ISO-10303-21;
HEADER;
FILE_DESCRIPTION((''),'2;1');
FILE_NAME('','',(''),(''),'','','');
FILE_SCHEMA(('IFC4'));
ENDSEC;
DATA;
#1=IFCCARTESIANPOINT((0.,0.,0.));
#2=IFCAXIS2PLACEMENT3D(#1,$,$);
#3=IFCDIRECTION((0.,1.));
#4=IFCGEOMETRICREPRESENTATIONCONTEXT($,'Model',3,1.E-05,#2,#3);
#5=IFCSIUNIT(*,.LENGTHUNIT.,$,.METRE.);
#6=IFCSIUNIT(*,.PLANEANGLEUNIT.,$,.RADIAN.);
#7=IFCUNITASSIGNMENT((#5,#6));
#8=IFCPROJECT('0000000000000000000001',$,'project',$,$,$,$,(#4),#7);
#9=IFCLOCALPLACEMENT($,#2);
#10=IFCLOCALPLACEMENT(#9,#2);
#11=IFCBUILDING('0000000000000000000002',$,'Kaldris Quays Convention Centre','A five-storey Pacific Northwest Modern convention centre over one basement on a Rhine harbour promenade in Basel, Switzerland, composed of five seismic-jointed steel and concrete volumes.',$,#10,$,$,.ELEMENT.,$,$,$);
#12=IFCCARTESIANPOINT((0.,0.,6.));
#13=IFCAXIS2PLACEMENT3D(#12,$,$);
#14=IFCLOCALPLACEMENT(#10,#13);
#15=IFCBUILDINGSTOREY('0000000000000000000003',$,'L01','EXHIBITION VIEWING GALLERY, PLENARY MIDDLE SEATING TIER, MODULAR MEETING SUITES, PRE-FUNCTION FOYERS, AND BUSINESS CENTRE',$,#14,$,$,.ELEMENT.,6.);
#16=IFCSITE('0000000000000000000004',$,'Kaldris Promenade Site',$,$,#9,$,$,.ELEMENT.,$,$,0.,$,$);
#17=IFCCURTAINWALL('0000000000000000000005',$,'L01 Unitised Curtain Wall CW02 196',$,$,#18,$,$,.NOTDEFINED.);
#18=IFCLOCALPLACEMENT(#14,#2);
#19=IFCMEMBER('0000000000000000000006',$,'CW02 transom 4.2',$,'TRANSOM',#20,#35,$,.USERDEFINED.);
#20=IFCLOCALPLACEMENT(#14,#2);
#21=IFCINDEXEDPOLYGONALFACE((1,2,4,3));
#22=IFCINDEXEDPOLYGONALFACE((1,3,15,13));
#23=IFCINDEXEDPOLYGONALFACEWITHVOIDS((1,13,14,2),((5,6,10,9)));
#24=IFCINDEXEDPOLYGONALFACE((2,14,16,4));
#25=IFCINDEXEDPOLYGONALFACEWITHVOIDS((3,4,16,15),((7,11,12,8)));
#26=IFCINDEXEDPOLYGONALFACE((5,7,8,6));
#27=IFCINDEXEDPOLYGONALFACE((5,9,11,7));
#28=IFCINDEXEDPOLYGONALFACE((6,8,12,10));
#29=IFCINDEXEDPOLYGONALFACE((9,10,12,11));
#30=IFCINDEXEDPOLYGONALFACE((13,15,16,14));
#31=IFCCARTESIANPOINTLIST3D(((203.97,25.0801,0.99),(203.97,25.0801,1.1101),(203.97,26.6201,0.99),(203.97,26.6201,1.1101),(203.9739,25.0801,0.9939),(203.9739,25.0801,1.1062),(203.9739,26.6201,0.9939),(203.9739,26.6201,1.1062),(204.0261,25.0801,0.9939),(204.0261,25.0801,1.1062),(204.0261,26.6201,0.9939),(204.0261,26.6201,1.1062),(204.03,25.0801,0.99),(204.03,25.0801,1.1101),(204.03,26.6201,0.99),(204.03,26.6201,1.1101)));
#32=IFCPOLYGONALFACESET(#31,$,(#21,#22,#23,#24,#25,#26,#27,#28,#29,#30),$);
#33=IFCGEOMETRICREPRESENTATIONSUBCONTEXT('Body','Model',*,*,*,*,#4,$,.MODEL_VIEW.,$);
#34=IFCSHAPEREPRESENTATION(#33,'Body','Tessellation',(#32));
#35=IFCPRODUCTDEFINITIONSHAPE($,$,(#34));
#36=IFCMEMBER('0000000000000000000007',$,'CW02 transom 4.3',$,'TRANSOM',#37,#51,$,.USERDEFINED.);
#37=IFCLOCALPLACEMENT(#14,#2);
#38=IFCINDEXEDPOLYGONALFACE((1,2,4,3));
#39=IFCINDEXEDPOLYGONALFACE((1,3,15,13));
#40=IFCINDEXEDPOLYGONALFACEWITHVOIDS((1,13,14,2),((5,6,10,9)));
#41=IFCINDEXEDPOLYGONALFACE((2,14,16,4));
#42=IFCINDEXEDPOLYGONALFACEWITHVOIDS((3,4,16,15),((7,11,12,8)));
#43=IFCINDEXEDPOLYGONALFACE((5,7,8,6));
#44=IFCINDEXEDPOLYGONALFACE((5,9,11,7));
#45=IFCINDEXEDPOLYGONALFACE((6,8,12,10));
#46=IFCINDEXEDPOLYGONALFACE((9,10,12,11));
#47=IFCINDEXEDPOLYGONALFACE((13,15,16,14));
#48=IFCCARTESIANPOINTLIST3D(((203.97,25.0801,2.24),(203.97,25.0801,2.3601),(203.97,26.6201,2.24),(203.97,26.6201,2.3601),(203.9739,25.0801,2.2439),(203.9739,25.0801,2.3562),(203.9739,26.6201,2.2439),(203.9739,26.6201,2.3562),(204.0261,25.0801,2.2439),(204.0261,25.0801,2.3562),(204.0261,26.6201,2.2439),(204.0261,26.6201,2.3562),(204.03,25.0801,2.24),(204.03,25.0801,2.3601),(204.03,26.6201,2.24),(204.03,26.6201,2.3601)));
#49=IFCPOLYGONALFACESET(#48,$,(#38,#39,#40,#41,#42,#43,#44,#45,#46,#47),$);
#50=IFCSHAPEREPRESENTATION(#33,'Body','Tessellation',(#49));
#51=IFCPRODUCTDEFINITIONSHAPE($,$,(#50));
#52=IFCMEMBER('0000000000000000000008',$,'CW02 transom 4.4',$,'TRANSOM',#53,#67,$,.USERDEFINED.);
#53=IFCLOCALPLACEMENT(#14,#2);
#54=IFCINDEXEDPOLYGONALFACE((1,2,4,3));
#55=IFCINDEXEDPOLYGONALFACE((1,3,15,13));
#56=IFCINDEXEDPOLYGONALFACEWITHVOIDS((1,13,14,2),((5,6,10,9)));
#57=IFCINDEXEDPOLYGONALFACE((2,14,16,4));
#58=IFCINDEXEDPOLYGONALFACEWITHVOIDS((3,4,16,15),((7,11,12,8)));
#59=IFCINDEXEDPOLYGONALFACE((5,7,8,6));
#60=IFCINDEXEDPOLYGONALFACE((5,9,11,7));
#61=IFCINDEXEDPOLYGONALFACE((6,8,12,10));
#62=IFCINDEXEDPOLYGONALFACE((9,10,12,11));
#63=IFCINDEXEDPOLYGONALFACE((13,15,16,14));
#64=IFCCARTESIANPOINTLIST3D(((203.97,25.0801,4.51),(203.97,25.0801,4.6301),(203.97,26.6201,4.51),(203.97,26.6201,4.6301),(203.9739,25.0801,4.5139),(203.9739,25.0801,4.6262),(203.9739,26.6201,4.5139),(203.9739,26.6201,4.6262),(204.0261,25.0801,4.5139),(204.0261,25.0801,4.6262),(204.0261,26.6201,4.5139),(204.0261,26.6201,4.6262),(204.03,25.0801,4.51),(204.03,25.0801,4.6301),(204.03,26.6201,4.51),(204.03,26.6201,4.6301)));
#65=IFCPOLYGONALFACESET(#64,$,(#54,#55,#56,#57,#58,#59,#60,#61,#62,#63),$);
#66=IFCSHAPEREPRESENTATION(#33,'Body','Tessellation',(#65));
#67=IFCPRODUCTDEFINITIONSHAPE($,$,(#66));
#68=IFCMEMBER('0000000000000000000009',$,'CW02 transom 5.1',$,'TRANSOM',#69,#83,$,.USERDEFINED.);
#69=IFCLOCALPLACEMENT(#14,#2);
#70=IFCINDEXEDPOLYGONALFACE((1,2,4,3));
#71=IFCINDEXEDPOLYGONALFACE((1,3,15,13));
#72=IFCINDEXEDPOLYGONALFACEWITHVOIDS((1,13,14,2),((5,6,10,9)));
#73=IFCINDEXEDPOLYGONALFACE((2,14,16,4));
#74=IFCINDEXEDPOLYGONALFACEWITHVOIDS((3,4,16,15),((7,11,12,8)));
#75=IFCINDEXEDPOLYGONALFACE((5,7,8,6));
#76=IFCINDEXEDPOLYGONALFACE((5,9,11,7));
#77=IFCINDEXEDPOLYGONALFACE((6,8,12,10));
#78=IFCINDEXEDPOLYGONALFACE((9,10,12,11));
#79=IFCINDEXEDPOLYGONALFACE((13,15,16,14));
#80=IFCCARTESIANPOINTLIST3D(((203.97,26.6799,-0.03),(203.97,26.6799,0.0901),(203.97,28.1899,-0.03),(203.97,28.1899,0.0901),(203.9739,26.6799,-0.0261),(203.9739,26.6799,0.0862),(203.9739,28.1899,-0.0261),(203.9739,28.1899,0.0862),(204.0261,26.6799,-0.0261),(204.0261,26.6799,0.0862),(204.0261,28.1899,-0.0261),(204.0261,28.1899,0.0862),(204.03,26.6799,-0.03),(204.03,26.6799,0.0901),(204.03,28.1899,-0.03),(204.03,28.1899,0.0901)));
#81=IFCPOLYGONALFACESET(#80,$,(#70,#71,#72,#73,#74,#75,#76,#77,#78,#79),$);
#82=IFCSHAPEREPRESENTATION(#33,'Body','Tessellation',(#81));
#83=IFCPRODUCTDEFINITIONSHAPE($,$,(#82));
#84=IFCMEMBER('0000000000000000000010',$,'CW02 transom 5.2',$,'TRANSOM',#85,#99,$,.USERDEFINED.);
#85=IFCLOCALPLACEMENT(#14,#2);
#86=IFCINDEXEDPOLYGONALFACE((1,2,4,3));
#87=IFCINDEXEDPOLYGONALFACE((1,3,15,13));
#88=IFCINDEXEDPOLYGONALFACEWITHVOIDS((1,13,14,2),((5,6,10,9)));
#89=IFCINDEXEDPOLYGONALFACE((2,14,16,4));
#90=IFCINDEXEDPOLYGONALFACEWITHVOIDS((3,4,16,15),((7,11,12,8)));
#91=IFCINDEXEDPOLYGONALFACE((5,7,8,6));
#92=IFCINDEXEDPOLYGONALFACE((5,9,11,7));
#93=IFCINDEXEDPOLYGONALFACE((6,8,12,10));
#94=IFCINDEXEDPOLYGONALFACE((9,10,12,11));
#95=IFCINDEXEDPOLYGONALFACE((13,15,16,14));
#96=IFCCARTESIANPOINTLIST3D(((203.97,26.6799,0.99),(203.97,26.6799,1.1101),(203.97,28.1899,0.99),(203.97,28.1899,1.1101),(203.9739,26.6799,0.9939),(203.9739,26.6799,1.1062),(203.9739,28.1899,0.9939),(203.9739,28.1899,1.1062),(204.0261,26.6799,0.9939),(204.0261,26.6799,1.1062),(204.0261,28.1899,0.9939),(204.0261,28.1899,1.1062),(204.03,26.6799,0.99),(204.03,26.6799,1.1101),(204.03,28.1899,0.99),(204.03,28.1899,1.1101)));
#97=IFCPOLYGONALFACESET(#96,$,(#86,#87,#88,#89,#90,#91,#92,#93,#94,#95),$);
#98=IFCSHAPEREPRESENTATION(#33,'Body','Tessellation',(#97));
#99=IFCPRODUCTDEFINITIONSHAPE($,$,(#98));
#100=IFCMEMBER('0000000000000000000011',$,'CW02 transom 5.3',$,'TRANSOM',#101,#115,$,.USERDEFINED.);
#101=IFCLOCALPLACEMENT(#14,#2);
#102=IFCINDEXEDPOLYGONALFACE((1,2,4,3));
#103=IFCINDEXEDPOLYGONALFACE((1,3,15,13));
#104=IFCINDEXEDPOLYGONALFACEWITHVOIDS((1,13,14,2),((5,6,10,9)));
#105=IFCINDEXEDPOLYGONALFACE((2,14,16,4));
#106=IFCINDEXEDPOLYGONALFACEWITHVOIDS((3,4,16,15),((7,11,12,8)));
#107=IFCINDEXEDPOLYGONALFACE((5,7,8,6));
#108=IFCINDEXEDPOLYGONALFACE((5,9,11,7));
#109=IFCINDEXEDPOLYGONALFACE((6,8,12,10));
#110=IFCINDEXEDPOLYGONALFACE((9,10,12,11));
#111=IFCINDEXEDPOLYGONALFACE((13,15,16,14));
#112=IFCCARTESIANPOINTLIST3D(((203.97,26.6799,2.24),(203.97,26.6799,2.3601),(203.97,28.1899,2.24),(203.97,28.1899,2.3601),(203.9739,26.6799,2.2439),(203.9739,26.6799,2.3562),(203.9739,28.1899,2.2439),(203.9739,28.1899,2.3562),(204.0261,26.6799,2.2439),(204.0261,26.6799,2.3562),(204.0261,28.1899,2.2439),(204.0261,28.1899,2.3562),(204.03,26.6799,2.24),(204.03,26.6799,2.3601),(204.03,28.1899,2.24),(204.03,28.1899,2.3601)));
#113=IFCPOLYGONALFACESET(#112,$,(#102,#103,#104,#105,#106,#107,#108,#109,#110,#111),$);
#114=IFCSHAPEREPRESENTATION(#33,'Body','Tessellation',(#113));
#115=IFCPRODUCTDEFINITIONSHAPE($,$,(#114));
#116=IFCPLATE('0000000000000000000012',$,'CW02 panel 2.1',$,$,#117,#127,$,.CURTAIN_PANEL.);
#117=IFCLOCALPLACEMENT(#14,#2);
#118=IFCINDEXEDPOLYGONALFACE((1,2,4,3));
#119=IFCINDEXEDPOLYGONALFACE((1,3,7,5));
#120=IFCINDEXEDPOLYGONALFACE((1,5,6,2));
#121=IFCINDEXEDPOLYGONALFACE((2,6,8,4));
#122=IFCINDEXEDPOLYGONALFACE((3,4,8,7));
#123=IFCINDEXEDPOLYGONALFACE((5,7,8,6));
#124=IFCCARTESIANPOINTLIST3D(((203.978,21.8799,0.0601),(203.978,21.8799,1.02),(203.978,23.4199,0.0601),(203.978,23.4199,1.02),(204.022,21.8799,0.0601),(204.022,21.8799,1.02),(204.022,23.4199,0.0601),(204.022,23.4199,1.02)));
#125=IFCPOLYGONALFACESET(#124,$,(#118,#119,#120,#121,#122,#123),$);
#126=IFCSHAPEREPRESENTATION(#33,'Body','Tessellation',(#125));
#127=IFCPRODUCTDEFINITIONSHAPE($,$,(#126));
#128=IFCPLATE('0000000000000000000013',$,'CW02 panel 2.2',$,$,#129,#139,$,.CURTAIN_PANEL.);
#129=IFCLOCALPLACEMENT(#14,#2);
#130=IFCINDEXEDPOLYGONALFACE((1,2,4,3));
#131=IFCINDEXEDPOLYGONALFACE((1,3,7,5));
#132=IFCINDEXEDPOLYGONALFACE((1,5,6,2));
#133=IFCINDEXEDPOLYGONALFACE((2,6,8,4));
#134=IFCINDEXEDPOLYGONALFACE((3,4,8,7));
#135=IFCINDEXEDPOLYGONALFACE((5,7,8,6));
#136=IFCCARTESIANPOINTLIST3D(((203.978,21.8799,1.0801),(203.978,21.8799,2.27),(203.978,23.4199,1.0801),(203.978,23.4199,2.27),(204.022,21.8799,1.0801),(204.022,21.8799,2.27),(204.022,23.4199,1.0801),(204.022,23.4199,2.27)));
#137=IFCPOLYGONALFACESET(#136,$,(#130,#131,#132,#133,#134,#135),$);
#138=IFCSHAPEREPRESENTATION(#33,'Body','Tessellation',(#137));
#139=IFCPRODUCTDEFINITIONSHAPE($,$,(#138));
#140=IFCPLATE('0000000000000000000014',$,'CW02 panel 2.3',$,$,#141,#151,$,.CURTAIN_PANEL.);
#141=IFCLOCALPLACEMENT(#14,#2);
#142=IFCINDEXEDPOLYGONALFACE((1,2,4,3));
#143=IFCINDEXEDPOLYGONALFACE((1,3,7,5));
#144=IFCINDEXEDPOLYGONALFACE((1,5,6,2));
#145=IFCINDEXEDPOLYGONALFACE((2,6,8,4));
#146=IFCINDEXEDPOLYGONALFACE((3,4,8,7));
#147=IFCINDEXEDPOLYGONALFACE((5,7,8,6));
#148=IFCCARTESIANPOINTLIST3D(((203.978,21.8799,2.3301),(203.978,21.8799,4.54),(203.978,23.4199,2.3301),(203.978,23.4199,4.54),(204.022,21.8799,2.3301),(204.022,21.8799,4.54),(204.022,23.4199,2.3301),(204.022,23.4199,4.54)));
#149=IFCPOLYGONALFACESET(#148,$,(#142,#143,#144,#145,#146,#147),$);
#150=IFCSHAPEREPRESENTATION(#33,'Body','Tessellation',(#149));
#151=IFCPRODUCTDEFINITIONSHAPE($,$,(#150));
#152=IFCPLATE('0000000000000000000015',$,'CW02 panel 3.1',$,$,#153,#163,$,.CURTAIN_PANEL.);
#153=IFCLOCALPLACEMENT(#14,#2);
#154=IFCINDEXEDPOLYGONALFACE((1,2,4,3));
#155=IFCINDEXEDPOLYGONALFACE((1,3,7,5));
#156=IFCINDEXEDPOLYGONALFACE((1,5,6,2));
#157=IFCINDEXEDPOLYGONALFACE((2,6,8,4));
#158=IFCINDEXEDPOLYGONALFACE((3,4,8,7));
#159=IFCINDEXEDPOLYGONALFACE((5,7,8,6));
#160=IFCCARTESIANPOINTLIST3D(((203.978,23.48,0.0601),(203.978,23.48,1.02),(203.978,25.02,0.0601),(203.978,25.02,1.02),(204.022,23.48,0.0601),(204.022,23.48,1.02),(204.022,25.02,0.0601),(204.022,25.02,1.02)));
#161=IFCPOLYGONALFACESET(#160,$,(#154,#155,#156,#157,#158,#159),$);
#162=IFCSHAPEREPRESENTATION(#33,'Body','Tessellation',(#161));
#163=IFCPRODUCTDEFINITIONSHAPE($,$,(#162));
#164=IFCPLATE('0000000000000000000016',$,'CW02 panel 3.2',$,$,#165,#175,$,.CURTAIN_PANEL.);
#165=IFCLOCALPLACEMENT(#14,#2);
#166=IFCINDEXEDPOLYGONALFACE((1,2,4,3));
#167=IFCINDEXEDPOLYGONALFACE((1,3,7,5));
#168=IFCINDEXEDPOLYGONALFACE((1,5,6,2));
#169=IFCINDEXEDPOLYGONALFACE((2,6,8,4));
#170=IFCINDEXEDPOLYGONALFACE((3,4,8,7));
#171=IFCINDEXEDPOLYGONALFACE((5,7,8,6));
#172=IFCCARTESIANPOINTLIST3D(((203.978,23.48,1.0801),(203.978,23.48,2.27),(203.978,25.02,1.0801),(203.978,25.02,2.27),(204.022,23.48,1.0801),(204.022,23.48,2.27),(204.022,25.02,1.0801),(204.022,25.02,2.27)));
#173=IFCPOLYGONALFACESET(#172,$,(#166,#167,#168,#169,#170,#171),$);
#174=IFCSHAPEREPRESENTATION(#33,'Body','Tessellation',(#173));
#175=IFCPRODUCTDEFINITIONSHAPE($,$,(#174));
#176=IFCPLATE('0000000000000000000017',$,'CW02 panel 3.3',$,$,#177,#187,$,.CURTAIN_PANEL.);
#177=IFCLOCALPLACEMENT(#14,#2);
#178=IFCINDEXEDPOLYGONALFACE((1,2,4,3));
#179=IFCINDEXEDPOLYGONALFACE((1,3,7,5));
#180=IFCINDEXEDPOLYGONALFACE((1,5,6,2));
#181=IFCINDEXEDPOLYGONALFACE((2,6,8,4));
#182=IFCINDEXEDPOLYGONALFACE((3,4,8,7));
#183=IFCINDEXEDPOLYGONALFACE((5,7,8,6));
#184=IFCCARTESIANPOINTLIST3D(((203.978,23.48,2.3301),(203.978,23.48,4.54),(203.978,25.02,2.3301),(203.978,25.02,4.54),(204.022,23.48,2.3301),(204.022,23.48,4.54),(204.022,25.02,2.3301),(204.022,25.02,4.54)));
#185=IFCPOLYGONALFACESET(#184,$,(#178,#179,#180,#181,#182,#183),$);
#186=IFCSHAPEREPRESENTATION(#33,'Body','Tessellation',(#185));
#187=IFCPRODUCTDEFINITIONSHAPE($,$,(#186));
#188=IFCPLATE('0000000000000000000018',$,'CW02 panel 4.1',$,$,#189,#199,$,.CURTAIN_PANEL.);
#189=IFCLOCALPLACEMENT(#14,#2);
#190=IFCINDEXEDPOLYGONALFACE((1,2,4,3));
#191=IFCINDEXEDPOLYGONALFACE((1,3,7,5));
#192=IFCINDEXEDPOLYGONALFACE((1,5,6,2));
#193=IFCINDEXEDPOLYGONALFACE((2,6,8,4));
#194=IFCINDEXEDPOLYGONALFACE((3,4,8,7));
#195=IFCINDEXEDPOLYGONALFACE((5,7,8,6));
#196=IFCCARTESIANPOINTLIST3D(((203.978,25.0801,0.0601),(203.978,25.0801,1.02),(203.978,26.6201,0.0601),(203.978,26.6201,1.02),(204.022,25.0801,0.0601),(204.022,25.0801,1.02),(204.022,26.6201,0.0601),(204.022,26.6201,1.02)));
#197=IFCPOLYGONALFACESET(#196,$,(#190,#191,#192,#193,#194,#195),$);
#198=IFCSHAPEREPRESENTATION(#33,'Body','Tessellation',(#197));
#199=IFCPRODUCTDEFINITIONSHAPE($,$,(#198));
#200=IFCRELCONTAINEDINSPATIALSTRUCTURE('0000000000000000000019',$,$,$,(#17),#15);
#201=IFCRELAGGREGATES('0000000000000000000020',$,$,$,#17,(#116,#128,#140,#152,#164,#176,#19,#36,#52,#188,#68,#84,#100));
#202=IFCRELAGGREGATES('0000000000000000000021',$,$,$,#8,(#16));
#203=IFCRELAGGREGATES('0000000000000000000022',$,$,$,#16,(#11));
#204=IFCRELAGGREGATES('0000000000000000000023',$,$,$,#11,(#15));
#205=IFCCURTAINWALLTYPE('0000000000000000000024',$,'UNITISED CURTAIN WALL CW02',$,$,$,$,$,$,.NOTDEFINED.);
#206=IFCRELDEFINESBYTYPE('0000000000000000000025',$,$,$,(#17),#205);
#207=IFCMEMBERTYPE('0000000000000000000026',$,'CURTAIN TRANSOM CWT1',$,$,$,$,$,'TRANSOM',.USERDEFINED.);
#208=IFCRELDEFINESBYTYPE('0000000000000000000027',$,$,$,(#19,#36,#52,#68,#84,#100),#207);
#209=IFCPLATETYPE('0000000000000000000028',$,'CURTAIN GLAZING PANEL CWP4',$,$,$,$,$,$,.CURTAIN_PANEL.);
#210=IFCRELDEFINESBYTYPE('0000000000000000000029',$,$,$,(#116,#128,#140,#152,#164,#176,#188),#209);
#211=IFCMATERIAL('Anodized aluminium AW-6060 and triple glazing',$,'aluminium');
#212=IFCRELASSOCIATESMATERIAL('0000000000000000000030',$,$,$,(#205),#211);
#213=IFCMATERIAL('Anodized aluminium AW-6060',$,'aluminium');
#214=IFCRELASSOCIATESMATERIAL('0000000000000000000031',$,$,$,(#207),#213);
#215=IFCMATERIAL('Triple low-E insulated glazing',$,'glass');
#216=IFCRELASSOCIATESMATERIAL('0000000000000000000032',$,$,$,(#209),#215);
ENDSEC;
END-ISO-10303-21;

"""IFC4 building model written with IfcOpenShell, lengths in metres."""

from ifc_helpers import new_model, si_unit, direction, frame, origin, origin_2d, place, context, subcontext, project, spatial, rectangle, hollow_rectangle, extrude, material, material_profile, profile_set, type_object, element, aggregate, save


model = new_model("IFC4")

# Units and contexts
model_context = context("Model", 3, precision=1e-05, world=origin(), true_north=direction((0.0, 1.0)))
body_context = subcontext(model_context, "Body", "Model", "MODEL_VIEW")
ifc_project = project(units=[si_unit("LENGTHUNIT", "METRE"), si_unit("PLANEANGLEUNIT", "RADIAN")], contexts=[model_context])

# Site, building, storey
site_placement = place(None, origin())
site = spatial("IfcSite", under=ifc_project, at=site_placement, Name="Kaldris Promenade Site", CompositionType="ELEMENT", RefElevation=0.0)
building_placement = place(site_placement, origin())
building = spatial("IfcBuilding", under=site, at=building_placement, Name="Kaldris Quays Convention Centre", Description="A five-storey Pacific Northwest Modern convention centre over one basement on a Rhine harbour promenade in Basel, Switzerland, composed of five seismic-jointed steel and concrete volumes.", CompositionType="ELEMENT")
storey_placement = place(building_placement, frame((0.0, 0.0, 6.0)))
storey = spatial("IfcBuildingStorey", under=building, at=storey_placement, Name="L01", Description="EXHIBITION VIEWING GALLERY, PLENARY MIDDLE SEATING TIER, MODULAR MEETING SUITES, PRE-FUNCTION FOYERS, AND BUSINESS CENTRE", CompositionType="ELEMENT", Elevation=6.0)

# Curtain wall, members, plates
ifc_material_1 = material(Name="Anodized aluminium AW-6060 and triple glazing", Category="aluminium")
curtain_wall_type = type_object("IfcCurtainWallType", Name="UNITISED CURTAIN WALL CW02", PredefinedType="NOTDEFINED", material=ifc_material_1)
curtain_wall_placement = place(storey_placement, origin())
curtain_wall = element("IfcCurtainWall", 1, at=curtain_wall_placement, inside=storey, type_object=curtain_wall_type, Name="L01 Unitised Curtain Wall CW02 196", PredefinedType="NOTDEFINED")
ifc_material_2 = material(Name="Anodized aluminium AW-6060", Category="aluminium")
ifc_material_profile_1 = material_profile(ifc_material_2, hollow_rectangle(XDim=0.0601, YDim=0.1201, WallThickness=0.0039, at=origin_2d()), Name="RHS 120x60x4")
ifc_profile_set_1 = profile_set([ifc_material_profile_1], Name="Anodized aluminium AW-6060")
member_type_1 = type_object("IfcMemberType", Name="CURTAIN TRANSOM CWT1", ElementType="TRANSOM", PredefinedType="USERDEFINED", material=ifc_profile_set_1)
member_1_placement = place(storey_placement, frame((204.0, 25.0801, 1.05), z_axis=(0.0, 1.0, 0.0), x_axis=(-1.0, 0.0, 0.0)))
member_1 = element("IfcMember", 2, at=member_1_placement, type_object=member_type_1, Name="CW02 transom 4.2", ObjectType="TRANSOM", PredefinedType="USERDEFINED", context=body_context, shape_type="SweptSolid", body=[
    extrude(hollow_rectangle(XDim=0.0601, YDim=0.1201, WallThickness=0.0039, at=origin_2d()), origin(), (0.0, 0.0, 1.0), 1.54),
])
member_2_placement = place(storey_placement, frame((204.0, 25.0801, 2.3), z_axis=(0.0, 1.0, 0.0), x_axis=(-1.0, 0.0, 0.0)))
member_2 = element("IfcMember", 3, at=member_2_placement, type_object=member_type_1, Name="CW02 transom 4.3", ObjectType="TRANSOM", PredefinedType="USERDEFINED", context=body_context, shape_type="SweptSolid", body=[
    extrude(hollow_rectangle(XDim=0.0601, YDim=0.1201, WallThickness=0.0039, at=origin_2d()), origin(), (0.0, 0.0, 1.0), 1.54),
])
member_3_placement = place(storey_placement, frame((204.0, 25.0801, 4.5701), z_axis=(0.0, 1.0, 0.0), x_axis=(-1.0, 0.0, 0.0)))
member_3 = element("IfcMember", 4, at=member_3_placement, type_object=member_type_1, Name="CW02 transom 4.4", ObjectType="TRANSOM", PredefinedType="USERDEFINED", context=body_context, shape_type="SweptSolid", body=[
    extrude(hollow_rectangle(XDim=0.0601, YDim=0.1201, WallThickness=0.0039, at=origin_2d()), origin(), (0.0, 0.0, 1.0), 1.54),
])
member_4_placement = place(storey_placement, frame((204.0, 26.6799, 0.03), z_axis=(0.0, 1.0, 0.0), x_axis=(-1.0, 0.0, 0.0)))
member_4 = element("IfcMember", 5, at=member_4_placement, type_object=member_type_1, Name="CW02 transom 5.1", ObjectType="TRANSOM", PredefinedType="USERDEFINED", context=body_context, shape_type="SweptSolid", body=[
    extrude(hollow_rectangle(XDim=0.0601, YDim=0.1201, WallThickness=0.0039, at=origin_2d()), origin(), (0.0, 0.0, 1.0), 1.51),
])
member_5_placement = place(storey_placement, frame((204.0, 26.6799, 1.05), z_axis=(0.0, 1.0, 0.0), x_axis=(-1.0, 0.0, 0.0)))
member_5 = element("IfcMember", 6, at=member_5_placement, type_object=member_type_1, Name="CW02 transom 5.2", ObjectType="TRANSOM", PredefinedType="USERDEFINED", context=body_context, shape_type="SweptSolid", body=[
    extrude(hollow_rectangle(XDim=0.0601, YDim=0.1201, WallThickness=0.0039, at=origin_2d()), origin(), (0.0, 0.0, 1.0), 1.51),
])
member_6_placement = place(storey_placement, frame((204.0, 26.6799, 2.3), z_axis=(0.0, 1.0, 0.0), x_axis=(-1.0, 0.0, 0.0)))
member_6 = element("IfcMember", 7, at=member_6_placement, type_object=member_type_1, Name="CW02 transom 5.3", ObjectType="TRANSOM", PredefinedType="USERDEFINED", context=body_context, shape_type="SweptSolid", body=[
    extrude(hollow_rectangle(XDim=0.0601, YDim=0.1201, WallThickness=0.0039, at=origin_2d()), origin(), (0.0, 0.0, 1.0), 1.51),
])
ifc_material_3 = material(Name="Triple low-E insulated glazing", Category="glass")
plate_type = type_object("IfcPlateType", Name="CURTAIN GLAZING PANEL CWP4", PredefinedType="CURTAIN_PANEL", material=ifc_material_3)
plate_1_placement = place(storey_placement, frame((204.0, 22.6499, 0.0601), z_axis=(0.0, 0.0, 1.0), x_axis=(0.0, 1.0, 0.0)))
plate_1 = element("IfcPlate", 8, at=plate_1_placement, type_object=plate_type, Name="CW02 panel 2.1", PredefinedType="CURTAIN_PANEL", context=body_context, shape_type="SweptSolid", body=[
    extrude(rectangle(XDim=1.54, YDim=0.0439, at=origin_2d()), origin(), (0.0, 0.0, 1.0), 0.96),
])
plate_2_placement = place(storey_placement, frame((204.0, 22.6499, 1.0801), z_axis=(0.0, 0.0, 1.0), x_axis=(0.0, 1.0, 0.0)))
plate_2 = element("IfcPlate", 9, at=plate_2_placement, type_object=plate_type, Name="CW02 panel 2.2", PredefinedType="CURTAIN_PANEL", context=body_context, shape_type="SweptSolid", body=[
    extrude(rectangle(XDim=1.54, YDim=0.0439, at=origin_2d()), origin(), (0.0, 0.0, 1.0), 1.1899),
])
plate_3_placement = place(storey_placement, frame((204.0, 22.6499, 2.3301), z_axis=(0.0, 0.0, 1.0), x_axis=(0.0, 1.0, 0.0)))
plate_3 = element("IfcPlate", 10, at=plate_3_placement, type_object=plate_type, Name="CW02 panel 2.3", PredefinedType="CURTAIN_PANEL", context=body_context, shape_type="SweptSolid", body=[
    extrude(rectangle(XDim=1.54, YDim=0.0439, at=origin_2d()), origin(), (0.0, 0.0, 1.0), 2.21),
])
plate_4_placement = place(storey_placement, frame((204.0, 24.25, 0.0601), z_axis=(0.0, 0.0, 1.0), x_axis=(0.0, 1.0, 0.0)))
plate_4 = element("IfcPlate", 11, at=plate_4_placement, type_object=plate_type, Name="CW02 panel 3.1", PredefinedType="CURTAIN_PANEL", context=body_context, shape_type="SweptSolid", body=[
    extrude(rectangle(XDim=1.54, YDim=0.0439, at=origin_2d()), origin(), (0.0, 0.0, 1.0), 0.96),
])
plate_5_placement = place(storey_placement, frame((204.0, 24.25, 1.0801), z_axis=(0.0, 0.0, 1.0), x_axis=(0.0, 1.0, 0.0)))
plate_5 = element("IfcPlate", 12, at=plate_5_placement, type_object=plate_type, Name="CW02 panel 3.2", PredefinedType="CURTAIN_PANEL", context=body_context, shape_type="SweptSolid", body=[
    extrude(rectangle(XDim=1.54, YDim=0.0439, at=origin_2d()), origin(), (0.0, 0.0, 1.0), 1.1899),
])
plate_6_placement = place(storey_placement, frame((204.0, 24.25, 2.3301), z_axis=(0.0, 0.0, 1.0), x_axis=(0.0, 1.0, 0.0)))
plate_6 = element("IfcPlate", 13, at=plate_6_placement, type_object=plate_type, Name="CW02 panel 3.3", PredefinedType="CURTAIN_PANEL", context=body_context, shape_type="SweptSolid", body=[
    extrude(rectangle(XDim=1.54, YDim=0.0439, at=origin_2d()), origin(), (0.0, 0.0, 1.0), 2.21),
])
plate_7_placement = place(storey_placement, frame((204.0, 25.8501, 0.0601), z_axis=(0.0, 0.0, 1.0), x_axis=(0.0, 1.0, 0.0)))
plate_7 = element("IfcPlate", 14, at=plate_7_placement, type_object=plate_type, Name="CW02 panel 4.1", PredefinedType="CURTAIN_PANEL", context=body_context, shape_type="SweptSolid", body=[
    extrude(rectangle(XDim=1.54, YDim=0.0439, at=origin_2d()), origin(), (0.0, 0.0, 1.0), 0.96),
])
aggregate(curtain_wall, [plate_1, plate_2, plate_3, plate_4, plate_5, plate_6, member_1, member_2, member_3, plate_7, member_4, member_5, member_6])

save(model, "model.ifc")
